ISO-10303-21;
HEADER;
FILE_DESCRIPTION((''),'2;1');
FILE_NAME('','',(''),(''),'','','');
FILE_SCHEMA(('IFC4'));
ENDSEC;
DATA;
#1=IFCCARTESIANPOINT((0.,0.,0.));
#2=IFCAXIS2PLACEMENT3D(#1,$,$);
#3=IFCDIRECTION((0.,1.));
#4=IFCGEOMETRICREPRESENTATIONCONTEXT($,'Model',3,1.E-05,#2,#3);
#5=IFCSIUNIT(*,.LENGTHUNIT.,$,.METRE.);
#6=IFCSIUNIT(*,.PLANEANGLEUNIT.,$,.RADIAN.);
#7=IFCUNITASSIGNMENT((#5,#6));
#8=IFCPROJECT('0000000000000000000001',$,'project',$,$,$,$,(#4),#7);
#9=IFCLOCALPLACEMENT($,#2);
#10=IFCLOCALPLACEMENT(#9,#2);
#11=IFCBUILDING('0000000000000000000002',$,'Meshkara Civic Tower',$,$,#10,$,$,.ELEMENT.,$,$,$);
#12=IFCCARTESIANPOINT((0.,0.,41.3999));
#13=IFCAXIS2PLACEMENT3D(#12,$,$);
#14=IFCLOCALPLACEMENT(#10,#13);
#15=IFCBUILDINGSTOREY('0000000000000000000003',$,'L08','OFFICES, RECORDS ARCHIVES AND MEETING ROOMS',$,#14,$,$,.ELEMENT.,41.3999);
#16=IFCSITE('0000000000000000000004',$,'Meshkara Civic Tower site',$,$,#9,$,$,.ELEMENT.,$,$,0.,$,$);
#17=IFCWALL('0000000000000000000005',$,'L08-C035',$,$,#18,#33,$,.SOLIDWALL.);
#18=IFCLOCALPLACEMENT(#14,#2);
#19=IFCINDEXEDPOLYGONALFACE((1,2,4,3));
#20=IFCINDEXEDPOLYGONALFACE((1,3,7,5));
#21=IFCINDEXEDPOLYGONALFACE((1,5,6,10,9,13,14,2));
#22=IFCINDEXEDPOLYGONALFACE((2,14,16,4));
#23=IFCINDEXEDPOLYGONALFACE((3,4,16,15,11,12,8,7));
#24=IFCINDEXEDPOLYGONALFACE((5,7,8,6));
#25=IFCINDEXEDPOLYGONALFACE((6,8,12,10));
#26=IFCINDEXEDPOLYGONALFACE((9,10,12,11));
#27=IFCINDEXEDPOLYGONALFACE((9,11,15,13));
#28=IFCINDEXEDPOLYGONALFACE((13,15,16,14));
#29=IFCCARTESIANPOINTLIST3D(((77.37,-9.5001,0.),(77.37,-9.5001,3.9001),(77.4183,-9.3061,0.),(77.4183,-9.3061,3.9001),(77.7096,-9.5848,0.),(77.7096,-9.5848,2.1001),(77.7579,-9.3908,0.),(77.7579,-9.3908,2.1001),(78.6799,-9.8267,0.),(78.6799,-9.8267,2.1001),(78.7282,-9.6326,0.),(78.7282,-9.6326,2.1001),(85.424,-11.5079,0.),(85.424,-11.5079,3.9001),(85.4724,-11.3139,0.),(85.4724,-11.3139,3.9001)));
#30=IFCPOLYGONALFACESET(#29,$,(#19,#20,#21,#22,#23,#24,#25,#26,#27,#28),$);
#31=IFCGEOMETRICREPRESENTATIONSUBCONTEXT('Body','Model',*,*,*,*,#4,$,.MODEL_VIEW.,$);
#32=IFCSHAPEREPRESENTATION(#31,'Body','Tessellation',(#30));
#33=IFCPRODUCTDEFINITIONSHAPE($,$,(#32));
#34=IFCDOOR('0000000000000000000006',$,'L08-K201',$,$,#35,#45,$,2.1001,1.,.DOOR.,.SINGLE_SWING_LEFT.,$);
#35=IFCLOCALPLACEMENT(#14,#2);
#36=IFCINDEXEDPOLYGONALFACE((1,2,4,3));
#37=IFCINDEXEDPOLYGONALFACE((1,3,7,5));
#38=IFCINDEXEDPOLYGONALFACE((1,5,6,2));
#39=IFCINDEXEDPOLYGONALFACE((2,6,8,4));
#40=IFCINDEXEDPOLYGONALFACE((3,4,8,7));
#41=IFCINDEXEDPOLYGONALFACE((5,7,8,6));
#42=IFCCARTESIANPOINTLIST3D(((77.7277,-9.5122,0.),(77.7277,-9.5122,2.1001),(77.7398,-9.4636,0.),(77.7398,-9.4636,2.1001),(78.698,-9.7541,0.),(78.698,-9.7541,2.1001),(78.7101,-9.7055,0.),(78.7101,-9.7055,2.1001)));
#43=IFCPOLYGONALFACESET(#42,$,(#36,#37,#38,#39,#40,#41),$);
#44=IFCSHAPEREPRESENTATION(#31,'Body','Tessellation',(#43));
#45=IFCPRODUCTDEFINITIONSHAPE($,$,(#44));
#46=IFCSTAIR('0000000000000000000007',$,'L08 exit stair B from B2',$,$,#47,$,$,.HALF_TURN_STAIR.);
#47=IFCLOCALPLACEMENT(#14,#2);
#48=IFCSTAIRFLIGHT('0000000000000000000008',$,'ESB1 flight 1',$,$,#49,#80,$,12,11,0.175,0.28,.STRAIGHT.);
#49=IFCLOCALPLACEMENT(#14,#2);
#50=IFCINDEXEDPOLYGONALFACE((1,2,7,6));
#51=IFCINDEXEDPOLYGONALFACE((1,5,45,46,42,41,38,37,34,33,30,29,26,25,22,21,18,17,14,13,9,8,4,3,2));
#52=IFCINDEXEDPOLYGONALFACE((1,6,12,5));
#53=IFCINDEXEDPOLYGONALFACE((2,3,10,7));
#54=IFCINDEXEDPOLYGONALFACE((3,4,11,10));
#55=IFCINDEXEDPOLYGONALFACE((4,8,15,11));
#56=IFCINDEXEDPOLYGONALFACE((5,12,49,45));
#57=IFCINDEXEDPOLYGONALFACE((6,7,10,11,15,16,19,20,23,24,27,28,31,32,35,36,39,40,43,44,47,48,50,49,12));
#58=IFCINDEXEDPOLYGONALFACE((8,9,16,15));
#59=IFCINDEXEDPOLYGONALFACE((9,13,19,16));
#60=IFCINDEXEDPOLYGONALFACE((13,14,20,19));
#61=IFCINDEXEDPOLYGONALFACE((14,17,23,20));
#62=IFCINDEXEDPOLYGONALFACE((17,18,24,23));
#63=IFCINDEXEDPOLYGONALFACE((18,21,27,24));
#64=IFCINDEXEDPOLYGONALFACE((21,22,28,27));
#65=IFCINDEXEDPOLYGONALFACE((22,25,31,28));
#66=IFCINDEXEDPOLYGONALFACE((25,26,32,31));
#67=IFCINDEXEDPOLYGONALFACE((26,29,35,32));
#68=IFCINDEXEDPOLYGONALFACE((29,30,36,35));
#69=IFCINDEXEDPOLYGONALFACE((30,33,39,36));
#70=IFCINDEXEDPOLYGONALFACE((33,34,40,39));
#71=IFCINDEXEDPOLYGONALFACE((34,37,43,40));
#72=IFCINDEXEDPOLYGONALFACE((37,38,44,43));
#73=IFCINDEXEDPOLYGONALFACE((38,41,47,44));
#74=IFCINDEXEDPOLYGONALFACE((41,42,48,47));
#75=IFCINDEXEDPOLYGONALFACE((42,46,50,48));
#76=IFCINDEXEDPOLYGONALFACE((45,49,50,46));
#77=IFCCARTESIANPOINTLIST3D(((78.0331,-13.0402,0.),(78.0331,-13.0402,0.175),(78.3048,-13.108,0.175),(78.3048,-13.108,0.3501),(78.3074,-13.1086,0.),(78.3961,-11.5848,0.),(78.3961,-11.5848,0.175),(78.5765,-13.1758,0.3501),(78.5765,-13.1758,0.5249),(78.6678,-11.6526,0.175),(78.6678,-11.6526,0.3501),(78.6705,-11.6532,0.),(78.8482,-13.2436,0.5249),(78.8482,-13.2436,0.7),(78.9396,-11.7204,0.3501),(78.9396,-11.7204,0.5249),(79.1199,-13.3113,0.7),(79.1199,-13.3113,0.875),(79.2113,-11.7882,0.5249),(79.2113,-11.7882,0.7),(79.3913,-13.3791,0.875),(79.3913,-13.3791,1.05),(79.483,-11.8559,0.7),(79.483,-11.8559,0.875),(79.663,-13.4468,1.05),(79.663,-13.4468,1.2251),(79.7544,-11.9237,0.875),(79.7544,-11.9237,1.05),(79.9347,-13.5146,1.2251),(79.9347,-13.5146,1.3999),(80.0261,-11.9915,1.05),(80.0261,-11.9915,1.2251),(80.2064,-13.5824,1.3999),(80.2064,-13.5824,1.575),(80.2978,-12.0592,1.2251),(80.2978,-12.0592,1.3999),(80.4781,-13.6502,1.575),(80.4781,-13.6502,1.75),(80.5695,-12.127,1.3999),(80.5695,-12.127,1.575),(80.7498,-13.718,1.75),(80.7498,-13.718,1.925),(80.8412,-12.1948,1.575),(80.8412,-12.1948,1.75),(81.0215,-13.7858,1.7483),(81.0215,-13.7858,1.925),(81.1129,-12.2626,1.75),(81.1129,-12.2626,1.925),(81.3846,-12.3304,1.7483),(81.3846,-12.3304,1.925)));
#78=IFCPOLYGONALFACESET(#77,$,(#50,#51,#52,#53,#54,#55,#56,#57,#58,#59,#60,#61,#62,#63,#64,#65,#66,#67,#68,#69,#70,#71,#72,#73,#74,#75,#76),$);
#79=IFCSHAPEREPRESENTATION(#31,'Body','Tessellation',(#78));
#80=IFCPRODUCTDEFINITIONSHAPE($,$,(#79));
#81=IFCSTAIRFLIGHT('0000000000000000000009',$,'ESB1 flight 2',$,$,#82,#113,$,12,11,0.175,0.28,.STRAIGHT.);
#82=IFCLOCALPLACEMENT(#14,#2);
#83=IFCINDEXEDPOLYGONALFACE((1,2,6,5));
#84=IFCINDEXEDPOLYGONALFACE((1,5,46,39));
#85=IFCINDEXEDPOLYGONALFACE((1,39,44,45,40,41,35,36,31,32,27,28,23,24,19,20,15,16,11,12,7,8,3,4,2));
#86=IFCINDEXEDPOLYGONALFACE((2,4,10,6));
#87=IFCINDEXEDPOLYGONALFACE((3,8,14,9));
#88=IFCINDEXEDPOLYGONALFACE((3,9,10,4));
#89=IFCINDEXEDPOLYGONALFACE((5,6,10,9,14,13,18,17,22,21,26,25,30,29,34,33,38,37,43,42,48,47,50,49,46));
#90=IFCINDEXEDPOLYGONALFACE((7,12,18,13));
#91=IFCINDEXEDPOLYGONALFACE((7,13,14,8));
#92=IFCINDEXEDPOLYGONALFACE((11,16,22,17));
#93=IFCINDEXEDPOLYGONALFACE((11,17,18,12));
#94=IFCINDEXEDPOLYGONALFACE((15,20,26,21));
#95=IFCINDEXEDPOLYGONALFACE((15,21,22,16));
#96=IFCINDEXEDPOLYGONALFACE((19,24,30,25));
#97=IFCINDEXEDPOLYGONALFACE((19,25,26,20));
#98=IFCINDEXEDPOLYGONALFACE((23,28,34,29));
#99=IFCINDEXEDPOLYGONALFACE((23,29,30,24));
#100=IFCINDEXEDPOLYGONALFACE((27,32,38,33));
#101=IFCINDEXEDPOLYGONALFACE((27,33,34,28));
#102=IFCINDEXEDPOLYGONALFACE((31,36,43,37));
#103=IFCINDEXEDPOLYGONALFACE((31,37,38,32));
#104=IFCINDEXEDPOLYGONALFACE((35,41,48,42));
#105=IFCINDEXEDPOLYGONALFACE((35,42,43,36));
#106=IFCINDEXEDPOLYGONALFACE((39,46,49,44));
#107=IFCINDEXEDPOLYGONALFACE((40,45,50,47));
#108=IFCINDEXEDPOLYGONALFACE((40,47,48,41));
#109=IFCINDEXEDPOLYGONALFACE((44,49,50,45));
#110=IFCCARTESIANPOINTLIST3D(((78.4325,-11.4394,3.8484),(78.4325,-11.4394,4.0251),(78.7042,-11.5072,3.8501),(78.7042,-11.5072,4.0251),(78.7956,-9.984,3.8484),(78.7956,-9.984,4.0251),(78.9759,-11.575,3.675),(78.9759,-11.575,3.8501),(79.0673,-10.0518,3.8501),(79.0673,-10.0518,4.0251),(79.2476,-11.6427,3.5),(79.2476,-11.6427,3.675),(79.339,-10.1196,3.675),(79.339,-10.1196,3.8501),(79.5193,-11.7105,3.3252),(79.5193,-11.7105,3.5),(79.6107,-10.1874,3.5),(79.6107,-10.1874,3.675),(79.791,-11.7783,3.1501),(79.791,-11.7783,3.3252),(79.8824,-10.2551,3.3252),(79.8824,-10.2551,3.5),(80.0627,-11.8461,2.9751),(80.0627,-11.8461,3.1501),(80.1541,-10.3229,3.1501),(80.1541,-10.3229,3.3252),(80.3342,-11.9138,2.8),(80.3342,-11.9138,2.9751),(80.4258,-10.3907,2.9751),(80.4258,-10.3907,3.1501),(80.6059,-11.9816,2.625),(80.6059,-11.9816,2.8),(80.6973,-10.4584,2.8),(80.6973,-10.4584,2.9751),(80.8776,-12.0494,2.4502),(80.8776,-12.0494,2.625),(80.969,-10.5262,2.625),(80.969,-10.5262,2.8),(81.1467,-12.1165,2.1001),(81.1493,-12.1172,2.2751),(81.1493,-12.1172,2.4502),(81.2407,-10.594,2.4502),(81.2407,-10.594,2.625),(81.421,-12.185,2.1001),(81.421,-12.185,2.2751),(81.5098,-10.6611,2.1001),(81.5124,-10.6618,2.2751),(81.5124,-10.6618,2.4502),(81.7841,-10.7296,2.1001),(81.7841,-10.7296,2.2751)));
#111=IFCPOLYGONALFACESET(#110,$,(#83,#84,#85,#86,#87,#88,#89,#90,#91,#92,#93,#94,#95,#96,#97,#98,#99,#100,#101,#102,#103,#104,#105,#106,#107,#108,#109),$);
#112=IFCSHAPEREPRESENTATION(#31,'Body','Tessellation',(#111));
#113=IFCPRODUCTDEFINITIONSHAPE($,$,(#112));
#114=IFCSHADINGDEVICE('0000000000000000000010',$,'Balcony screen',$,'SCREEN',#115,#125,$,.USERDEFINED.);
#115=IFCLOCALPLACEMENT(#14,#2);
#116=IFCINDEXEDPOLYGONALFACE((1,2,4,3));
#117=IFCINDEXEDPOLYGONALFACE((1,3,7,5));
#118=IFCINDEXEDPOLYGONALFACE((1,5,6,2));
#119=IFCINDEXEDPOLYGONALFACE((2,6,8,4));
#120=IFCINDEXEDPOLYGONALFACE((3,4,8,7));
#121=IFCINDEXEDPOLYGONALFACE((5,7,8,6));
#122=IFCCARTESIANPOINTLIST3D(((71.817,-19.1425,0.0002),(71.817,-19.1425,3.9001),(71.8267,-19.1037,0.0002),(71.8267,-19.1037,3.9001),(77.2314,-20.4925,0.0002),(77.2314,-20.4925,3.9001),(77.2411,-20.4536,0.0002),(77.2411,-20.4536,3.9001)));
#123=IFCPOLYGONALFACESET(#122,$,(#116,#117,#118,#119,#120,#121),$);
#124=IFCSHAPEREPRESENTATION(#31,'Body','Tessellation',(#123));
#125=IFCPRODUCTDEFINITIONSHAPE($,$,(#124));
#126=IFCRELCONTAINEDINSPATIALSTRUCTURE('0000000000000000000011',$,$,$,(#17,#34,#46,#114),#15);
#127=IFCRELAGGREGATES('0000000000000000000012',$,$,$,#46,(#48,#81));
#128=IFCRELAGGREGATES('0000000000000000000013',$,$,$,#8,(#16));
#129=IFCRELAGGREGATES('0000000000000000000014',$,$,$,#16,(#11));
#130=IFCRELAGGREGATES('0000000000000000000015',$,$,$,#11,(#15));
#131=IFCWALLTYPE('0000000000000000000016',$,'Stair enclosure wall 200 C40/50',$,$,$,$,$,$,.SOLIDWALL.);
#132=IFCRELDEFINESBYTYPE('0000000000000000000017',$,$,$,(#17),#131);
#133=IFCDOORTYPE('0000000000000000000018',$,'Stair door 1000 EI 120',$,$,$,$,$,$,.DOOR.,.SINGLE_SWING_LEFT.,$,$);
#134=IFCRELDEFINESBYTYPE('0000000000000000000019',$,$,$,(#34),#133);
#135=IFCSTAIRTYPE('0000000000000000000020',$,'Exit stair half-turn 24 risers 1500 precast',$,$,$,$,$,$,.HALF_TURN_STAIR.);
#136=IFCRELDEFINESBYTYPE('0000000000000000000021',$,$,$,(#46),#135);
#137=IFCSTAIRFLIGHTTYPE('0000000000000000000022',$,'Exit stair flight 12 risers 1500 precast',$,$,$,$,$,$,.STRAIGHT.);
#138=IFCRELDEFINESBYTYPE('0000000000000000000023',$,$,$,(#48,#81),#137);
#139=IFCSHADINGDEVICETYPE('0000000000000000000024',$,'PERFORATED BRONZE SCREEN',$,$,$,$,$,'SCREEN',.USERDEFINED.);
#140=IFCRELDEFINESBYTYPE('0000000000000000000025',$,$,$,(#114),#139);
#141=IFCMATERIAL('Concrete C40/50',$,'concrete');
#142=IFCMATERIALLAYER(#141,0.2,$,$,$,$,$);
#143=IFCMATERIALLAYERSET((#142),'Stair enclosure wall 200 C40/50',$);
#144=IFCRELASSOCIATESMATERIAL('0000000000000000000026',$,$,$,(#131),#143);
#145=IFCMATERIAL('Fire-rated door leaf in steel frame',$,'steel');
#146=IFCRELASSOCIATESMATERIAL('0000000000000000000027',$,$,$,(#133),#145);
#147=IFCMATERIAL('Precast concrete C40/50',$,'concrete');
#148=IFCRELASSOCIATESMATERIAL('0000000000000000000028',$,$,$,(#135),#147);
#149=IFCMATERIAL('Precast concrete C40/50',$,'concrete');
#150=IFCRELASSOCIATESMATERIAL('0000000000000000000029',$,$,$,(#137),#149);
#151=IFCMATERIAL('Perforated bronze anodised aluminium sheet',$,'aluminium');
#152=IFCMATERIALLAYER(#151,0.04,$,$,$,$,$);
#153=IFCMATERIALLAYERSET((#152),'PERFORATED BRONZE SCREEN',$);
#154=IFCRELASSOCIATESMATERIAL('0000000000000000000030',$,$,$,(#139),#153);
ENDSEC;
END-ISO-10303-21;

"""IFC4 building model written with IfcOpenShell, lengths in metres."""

from ifc_helpers import new_model, si_unit, direction, frame, frame_2d, origin, origin_2d, place, context, subcontext, project, spatial, polyline, rectangle, outline, extrude, material, layer, layer_set, type_object, element, fill, aggregate, save


model = new_model("IFC4")

# Units and contexts
model_context = context("Model", 3, precision=1e-05, world=origin(), true_north=direction((0.0, 1.0)))
body_context = subcontext(model_context, "Body", "Model", "MODEL_VIEW")
ifc_project = project(units=[si_unit("LENGTHUNIT", "METRE"), si_unit("PLANEANGLEUNIT", "RADIAN")], contexts=[model_context])

# Site, building, storey
site_placement = place(None, origin())
site = spatial("IfcSite", under=ifc_project, at=site_placement, Name="Meshkara Civic Tower site", CompositionType="ELEMENT", RefElevation=0.0)
building_placement = place(site_placement, origin())
building = spatial("IfcBuilding", under=site, at=building_placement, Name="Meshkara Civic Tower", CompositionType="ELEMENT")
storey_placement = place(building_placement, frame((0.0, 0.0, 41.3999)))
storey = spatial("IfcBuildingStorey", under=building, at=storey_placement, Name="L08", Description="OFFICES, RECORDS ARCHIVES AND MEETING ROOMS", CompositionType="ELEMENT", Elevation=41.3999)

# Wall, opening, door
ifc_material_1 = material(Name="Concrete C40/50", Category="concrete")
ifc_layer_1 = layer(ifc_material_1, 0.2)
ifc_layer_set_1 = layer_set([ifc_layer_1], Name="Stair enclosure wall 200 C40/50")
wall_type_1 = type_object("IfcWallType", Name="Stair enclosure wall 200 C40/50", PredefinedType="SOLIDWALL", material=ifc_layer_set_1)
wall_1_placement = place(storey_placement, frame((77.394, -9.4031, 0.0), z_axis=(0.0, 0.0, 1.0), x_axis=(0.970303, -0.241892, 0.0)))
wall_1 = element("IfcWall", 1, at=wall_1_placement, inside=storey, type_object=wall_type_1, Name="L08-C035", PredefinedType="SOLIDWALL", context=body_context, shape_type="SweptSolid", body=[
    extrude(rectangle(XDim=8.3005, YDim=0.2, at=frame_2d((4.1504, 0.0))), origin(), (0.0, 0.0, 1.0), 3.9001),
])
opening_1_placement = place(wall_1_placement, frame((0.3501, 0.0, 0.0)))
opening_1 = element("IfcOpeningElement", 2, at=opening_1_placement, cuts=wall_1, PredefinedType="OPENING", context=body_context, shape_type="SweptSolid", body=[
    extrude(rectangle(XDim=1.0, YDim=2.1001, at=frame_2d((0.5, 1.05))), frame((0.0, 0.1099, 0.0), z_axis=(0.0, -1.0, 0.0), x_axis=(1.0, 0.0, 0.0)), (0.0, 0.0, 1.0), 0.22),
])
ifc_material_2 = material(Name="Fire-rated door leaf in steel frame", Category="steel")
door_type_1 = type_object("IfcDoorType", Name="Stair door 1000 EI 120", OperationType="SINGLE_SWING_LEFT", PredefinedType="DOOR", material=ifc_material_2)
door_1_placement = place(opening_1_placement, origin())
door_1 = element("IfcDoor", 3, at=door_1_placement, inside=storey, type_object=door_type_1, Name="L08-K201", OperationType="SINGLE_SWING_LEFT", OverallHeight=2.1001, OverallWidth=1.0, PredefinedType="DOOR", context=body_context, shape_type="SweptSolid", body=[
    extrude(rectangle(XDim=1.0, YDim=2.1001, at=frame_2d((0.5, 1.05))), frame((0.0, 0.0249, 0.0), z_axis=(0.0, -1.0, 0.0), x_axis=(1.0, 0.0, 0.0)), (0.0, 0.0, 1.0), 0.05),
])
fill(opening_1, door_1)

# Stair, stair flights
ifc_material_3 = material(Name="Precast concrete C40/50", Category="concrete")
stair_type = type_object("IfcStairType", Name="Exit stair half-turn 24 risers 1500 precast", PredefinedType="HALF_TURN_STAIR", material=ifc_material_3)
stair_placement = place(storey_placement, origin())
stair = element("IfcStair", 4, at=stair_placement, inside=storey, type_object=stair_type, Name="L08 exit stair B from B2", PredefinedType="HALF_TURN_STAIR")
ifc_material_4 = material(Name="Precast concrete C40/50", Category="concrete")
stair_flight_type = type_object("IfcStairFlightType", Name="Exit stair flight 12 risers 1500 precast", PredefinedType="STRAIGHT", material=ifc_material_4)
stair_flight_1_placement = place(storey_placement, frame((78.2146, -12.3125, 0.0), z_axis=(0.0, 0.0, 1.0), x_axis=(0.97026, -0.242065, 0.0)))
stair_flight_1 = element("IfcStairFlight", 5, at=stair_flight_1_placement, type_object=stair_flight_type, Name="ESB1 flight 1", NumberOfRisers=12, NumberOfTreads=11, PredefinedType="STRAIGHT", RiserHeight=0.175, TreadLength=0.28, context=body_context, shape_type="SweptSolid", body=[
    extrude(outline(polyline([(0.0, 0.0), (0.0, 0.175), (0.28, 0.175), (0.28, 0.3501), (0.5601, 0.3501), (0.5601, 0.5249), (0.8401, 0.5249), (0.8401, 0.7), (1.1201, 0.7), (1.1201, 0.875), (1.3999, 0.875), (1.3999, 1.05), (1.6799, 1.05), (1.6799, 1.2251), (1.96, 1.2251), (1.96, 1.3999), (2.24, 1.3999), (2.24, 1.575), (2.52, 1.575), (2.52, 1.75), (2.8, 1.75), (2.8, 1.925), (3.0801, 1.925), (3.0801, 2.1001), (3.0801, 1.7483), (0.2827, 0.0), (0.0, 0.0)])), frame((0.0, 0.75, 0.0), z_axis=(0.0, -1.0, 0.0), x_axis=(1.0, 0.0, 0.0)), (0.0, 0.0, 1.0), 1.5),
])
stair_flight_2_placement = place(storey_placement, frame((81.6025, -11.4573, 2.1001), z_axis=(0.0, 0.0, 1.0), x_axis=(-0.97026, 0.242065, 0.0)))
stair_flight_2 = element("IfcStairFlight", 6, at=stair_flight_2_placement, type_object=stair_flight_type, Name="ESB1 flight 2", NumberOfRisers=12, NumberOfTreads=11, PredefinedType="STRAIGHT", RiserHeight=0.175, TreadLength=0.28, context=body_context, shape_type="SweptSolid", body=[
    extrude(outline(polyline([(0.0, 0.0), (0.0, 0.175), (0.28, 0.175), (0.28, 0.3501), (0.5601, 0.3501), (0.5601, 0.5249), (0.8401, 0.5249), (0.8401, 0.7), (1.1201, 0.7), (1.1201, 0.875), (1.3999, 0.875), (1.3999, 1.05), (1.6799, 1.05), (1.6799, 1.2251), (1.96, 1.2251), (1.96, 1.3999), (2.24, 1.3999), (2.24, 1.575), (2.52, 1.575), (2.52, 1.75), (2.8, 1.75), (2.8, 1.925), (3.0801, 1.925), (3.0801, 2.1001), (3.0801, 1.7483), (0.2827, 0.0), (0.0, 0.0)])), frame((0.0, 0.75, 0.0), z_axis=(0.0, -1.0, 0.0), x_axis=(1.0, 0.0, 0.0)), (0.0, 0.0, 1.0), 1.5),
])
aggregate(stair, [stair_flight_1, stair_flight_2])

# Shading device
ifc_material_5 = material(Name="Perforated bronze anodised aluminium sheet", Category="aluminium")
ifc_layer_2 = layer(ifc_material_5, 0.04)
ifc_layer_set_2 = layer_set([ifc_layer_2], Name="PERFORATED BRONZE SCREEN")
shading_device_type = type_object("IfcShadingDeviceType", Name="PERFORATED BRONZE SCREEN", ElementType="SCREEN", PredefinedType="USERDEFINED", material=ifc_layer_set_2)
shading_device_placement = place(storey_placement, frame((74.5291, -19.7981, 0.0002), z_axis=(0.0, 0.0, 1.0), x_axis=(0.970296, -0.241922, 0.0)))
element("IfcShadingDevice", 7, at=shading_device_placement, inside=storey, type_object=shading_device_type, Name="Balcony screen", ObjectType="SCREEN", PredefinedType="USERDEFINED", context=body_context, shape_type="SweptSolid", body=[
    extrude(rectangle(XDim=5.5801, YDim=0.04, at=origin_2d()), origin(), (0.0, 0.0, 1.0), 3.8999),
])

save(model, "model.ifc")
